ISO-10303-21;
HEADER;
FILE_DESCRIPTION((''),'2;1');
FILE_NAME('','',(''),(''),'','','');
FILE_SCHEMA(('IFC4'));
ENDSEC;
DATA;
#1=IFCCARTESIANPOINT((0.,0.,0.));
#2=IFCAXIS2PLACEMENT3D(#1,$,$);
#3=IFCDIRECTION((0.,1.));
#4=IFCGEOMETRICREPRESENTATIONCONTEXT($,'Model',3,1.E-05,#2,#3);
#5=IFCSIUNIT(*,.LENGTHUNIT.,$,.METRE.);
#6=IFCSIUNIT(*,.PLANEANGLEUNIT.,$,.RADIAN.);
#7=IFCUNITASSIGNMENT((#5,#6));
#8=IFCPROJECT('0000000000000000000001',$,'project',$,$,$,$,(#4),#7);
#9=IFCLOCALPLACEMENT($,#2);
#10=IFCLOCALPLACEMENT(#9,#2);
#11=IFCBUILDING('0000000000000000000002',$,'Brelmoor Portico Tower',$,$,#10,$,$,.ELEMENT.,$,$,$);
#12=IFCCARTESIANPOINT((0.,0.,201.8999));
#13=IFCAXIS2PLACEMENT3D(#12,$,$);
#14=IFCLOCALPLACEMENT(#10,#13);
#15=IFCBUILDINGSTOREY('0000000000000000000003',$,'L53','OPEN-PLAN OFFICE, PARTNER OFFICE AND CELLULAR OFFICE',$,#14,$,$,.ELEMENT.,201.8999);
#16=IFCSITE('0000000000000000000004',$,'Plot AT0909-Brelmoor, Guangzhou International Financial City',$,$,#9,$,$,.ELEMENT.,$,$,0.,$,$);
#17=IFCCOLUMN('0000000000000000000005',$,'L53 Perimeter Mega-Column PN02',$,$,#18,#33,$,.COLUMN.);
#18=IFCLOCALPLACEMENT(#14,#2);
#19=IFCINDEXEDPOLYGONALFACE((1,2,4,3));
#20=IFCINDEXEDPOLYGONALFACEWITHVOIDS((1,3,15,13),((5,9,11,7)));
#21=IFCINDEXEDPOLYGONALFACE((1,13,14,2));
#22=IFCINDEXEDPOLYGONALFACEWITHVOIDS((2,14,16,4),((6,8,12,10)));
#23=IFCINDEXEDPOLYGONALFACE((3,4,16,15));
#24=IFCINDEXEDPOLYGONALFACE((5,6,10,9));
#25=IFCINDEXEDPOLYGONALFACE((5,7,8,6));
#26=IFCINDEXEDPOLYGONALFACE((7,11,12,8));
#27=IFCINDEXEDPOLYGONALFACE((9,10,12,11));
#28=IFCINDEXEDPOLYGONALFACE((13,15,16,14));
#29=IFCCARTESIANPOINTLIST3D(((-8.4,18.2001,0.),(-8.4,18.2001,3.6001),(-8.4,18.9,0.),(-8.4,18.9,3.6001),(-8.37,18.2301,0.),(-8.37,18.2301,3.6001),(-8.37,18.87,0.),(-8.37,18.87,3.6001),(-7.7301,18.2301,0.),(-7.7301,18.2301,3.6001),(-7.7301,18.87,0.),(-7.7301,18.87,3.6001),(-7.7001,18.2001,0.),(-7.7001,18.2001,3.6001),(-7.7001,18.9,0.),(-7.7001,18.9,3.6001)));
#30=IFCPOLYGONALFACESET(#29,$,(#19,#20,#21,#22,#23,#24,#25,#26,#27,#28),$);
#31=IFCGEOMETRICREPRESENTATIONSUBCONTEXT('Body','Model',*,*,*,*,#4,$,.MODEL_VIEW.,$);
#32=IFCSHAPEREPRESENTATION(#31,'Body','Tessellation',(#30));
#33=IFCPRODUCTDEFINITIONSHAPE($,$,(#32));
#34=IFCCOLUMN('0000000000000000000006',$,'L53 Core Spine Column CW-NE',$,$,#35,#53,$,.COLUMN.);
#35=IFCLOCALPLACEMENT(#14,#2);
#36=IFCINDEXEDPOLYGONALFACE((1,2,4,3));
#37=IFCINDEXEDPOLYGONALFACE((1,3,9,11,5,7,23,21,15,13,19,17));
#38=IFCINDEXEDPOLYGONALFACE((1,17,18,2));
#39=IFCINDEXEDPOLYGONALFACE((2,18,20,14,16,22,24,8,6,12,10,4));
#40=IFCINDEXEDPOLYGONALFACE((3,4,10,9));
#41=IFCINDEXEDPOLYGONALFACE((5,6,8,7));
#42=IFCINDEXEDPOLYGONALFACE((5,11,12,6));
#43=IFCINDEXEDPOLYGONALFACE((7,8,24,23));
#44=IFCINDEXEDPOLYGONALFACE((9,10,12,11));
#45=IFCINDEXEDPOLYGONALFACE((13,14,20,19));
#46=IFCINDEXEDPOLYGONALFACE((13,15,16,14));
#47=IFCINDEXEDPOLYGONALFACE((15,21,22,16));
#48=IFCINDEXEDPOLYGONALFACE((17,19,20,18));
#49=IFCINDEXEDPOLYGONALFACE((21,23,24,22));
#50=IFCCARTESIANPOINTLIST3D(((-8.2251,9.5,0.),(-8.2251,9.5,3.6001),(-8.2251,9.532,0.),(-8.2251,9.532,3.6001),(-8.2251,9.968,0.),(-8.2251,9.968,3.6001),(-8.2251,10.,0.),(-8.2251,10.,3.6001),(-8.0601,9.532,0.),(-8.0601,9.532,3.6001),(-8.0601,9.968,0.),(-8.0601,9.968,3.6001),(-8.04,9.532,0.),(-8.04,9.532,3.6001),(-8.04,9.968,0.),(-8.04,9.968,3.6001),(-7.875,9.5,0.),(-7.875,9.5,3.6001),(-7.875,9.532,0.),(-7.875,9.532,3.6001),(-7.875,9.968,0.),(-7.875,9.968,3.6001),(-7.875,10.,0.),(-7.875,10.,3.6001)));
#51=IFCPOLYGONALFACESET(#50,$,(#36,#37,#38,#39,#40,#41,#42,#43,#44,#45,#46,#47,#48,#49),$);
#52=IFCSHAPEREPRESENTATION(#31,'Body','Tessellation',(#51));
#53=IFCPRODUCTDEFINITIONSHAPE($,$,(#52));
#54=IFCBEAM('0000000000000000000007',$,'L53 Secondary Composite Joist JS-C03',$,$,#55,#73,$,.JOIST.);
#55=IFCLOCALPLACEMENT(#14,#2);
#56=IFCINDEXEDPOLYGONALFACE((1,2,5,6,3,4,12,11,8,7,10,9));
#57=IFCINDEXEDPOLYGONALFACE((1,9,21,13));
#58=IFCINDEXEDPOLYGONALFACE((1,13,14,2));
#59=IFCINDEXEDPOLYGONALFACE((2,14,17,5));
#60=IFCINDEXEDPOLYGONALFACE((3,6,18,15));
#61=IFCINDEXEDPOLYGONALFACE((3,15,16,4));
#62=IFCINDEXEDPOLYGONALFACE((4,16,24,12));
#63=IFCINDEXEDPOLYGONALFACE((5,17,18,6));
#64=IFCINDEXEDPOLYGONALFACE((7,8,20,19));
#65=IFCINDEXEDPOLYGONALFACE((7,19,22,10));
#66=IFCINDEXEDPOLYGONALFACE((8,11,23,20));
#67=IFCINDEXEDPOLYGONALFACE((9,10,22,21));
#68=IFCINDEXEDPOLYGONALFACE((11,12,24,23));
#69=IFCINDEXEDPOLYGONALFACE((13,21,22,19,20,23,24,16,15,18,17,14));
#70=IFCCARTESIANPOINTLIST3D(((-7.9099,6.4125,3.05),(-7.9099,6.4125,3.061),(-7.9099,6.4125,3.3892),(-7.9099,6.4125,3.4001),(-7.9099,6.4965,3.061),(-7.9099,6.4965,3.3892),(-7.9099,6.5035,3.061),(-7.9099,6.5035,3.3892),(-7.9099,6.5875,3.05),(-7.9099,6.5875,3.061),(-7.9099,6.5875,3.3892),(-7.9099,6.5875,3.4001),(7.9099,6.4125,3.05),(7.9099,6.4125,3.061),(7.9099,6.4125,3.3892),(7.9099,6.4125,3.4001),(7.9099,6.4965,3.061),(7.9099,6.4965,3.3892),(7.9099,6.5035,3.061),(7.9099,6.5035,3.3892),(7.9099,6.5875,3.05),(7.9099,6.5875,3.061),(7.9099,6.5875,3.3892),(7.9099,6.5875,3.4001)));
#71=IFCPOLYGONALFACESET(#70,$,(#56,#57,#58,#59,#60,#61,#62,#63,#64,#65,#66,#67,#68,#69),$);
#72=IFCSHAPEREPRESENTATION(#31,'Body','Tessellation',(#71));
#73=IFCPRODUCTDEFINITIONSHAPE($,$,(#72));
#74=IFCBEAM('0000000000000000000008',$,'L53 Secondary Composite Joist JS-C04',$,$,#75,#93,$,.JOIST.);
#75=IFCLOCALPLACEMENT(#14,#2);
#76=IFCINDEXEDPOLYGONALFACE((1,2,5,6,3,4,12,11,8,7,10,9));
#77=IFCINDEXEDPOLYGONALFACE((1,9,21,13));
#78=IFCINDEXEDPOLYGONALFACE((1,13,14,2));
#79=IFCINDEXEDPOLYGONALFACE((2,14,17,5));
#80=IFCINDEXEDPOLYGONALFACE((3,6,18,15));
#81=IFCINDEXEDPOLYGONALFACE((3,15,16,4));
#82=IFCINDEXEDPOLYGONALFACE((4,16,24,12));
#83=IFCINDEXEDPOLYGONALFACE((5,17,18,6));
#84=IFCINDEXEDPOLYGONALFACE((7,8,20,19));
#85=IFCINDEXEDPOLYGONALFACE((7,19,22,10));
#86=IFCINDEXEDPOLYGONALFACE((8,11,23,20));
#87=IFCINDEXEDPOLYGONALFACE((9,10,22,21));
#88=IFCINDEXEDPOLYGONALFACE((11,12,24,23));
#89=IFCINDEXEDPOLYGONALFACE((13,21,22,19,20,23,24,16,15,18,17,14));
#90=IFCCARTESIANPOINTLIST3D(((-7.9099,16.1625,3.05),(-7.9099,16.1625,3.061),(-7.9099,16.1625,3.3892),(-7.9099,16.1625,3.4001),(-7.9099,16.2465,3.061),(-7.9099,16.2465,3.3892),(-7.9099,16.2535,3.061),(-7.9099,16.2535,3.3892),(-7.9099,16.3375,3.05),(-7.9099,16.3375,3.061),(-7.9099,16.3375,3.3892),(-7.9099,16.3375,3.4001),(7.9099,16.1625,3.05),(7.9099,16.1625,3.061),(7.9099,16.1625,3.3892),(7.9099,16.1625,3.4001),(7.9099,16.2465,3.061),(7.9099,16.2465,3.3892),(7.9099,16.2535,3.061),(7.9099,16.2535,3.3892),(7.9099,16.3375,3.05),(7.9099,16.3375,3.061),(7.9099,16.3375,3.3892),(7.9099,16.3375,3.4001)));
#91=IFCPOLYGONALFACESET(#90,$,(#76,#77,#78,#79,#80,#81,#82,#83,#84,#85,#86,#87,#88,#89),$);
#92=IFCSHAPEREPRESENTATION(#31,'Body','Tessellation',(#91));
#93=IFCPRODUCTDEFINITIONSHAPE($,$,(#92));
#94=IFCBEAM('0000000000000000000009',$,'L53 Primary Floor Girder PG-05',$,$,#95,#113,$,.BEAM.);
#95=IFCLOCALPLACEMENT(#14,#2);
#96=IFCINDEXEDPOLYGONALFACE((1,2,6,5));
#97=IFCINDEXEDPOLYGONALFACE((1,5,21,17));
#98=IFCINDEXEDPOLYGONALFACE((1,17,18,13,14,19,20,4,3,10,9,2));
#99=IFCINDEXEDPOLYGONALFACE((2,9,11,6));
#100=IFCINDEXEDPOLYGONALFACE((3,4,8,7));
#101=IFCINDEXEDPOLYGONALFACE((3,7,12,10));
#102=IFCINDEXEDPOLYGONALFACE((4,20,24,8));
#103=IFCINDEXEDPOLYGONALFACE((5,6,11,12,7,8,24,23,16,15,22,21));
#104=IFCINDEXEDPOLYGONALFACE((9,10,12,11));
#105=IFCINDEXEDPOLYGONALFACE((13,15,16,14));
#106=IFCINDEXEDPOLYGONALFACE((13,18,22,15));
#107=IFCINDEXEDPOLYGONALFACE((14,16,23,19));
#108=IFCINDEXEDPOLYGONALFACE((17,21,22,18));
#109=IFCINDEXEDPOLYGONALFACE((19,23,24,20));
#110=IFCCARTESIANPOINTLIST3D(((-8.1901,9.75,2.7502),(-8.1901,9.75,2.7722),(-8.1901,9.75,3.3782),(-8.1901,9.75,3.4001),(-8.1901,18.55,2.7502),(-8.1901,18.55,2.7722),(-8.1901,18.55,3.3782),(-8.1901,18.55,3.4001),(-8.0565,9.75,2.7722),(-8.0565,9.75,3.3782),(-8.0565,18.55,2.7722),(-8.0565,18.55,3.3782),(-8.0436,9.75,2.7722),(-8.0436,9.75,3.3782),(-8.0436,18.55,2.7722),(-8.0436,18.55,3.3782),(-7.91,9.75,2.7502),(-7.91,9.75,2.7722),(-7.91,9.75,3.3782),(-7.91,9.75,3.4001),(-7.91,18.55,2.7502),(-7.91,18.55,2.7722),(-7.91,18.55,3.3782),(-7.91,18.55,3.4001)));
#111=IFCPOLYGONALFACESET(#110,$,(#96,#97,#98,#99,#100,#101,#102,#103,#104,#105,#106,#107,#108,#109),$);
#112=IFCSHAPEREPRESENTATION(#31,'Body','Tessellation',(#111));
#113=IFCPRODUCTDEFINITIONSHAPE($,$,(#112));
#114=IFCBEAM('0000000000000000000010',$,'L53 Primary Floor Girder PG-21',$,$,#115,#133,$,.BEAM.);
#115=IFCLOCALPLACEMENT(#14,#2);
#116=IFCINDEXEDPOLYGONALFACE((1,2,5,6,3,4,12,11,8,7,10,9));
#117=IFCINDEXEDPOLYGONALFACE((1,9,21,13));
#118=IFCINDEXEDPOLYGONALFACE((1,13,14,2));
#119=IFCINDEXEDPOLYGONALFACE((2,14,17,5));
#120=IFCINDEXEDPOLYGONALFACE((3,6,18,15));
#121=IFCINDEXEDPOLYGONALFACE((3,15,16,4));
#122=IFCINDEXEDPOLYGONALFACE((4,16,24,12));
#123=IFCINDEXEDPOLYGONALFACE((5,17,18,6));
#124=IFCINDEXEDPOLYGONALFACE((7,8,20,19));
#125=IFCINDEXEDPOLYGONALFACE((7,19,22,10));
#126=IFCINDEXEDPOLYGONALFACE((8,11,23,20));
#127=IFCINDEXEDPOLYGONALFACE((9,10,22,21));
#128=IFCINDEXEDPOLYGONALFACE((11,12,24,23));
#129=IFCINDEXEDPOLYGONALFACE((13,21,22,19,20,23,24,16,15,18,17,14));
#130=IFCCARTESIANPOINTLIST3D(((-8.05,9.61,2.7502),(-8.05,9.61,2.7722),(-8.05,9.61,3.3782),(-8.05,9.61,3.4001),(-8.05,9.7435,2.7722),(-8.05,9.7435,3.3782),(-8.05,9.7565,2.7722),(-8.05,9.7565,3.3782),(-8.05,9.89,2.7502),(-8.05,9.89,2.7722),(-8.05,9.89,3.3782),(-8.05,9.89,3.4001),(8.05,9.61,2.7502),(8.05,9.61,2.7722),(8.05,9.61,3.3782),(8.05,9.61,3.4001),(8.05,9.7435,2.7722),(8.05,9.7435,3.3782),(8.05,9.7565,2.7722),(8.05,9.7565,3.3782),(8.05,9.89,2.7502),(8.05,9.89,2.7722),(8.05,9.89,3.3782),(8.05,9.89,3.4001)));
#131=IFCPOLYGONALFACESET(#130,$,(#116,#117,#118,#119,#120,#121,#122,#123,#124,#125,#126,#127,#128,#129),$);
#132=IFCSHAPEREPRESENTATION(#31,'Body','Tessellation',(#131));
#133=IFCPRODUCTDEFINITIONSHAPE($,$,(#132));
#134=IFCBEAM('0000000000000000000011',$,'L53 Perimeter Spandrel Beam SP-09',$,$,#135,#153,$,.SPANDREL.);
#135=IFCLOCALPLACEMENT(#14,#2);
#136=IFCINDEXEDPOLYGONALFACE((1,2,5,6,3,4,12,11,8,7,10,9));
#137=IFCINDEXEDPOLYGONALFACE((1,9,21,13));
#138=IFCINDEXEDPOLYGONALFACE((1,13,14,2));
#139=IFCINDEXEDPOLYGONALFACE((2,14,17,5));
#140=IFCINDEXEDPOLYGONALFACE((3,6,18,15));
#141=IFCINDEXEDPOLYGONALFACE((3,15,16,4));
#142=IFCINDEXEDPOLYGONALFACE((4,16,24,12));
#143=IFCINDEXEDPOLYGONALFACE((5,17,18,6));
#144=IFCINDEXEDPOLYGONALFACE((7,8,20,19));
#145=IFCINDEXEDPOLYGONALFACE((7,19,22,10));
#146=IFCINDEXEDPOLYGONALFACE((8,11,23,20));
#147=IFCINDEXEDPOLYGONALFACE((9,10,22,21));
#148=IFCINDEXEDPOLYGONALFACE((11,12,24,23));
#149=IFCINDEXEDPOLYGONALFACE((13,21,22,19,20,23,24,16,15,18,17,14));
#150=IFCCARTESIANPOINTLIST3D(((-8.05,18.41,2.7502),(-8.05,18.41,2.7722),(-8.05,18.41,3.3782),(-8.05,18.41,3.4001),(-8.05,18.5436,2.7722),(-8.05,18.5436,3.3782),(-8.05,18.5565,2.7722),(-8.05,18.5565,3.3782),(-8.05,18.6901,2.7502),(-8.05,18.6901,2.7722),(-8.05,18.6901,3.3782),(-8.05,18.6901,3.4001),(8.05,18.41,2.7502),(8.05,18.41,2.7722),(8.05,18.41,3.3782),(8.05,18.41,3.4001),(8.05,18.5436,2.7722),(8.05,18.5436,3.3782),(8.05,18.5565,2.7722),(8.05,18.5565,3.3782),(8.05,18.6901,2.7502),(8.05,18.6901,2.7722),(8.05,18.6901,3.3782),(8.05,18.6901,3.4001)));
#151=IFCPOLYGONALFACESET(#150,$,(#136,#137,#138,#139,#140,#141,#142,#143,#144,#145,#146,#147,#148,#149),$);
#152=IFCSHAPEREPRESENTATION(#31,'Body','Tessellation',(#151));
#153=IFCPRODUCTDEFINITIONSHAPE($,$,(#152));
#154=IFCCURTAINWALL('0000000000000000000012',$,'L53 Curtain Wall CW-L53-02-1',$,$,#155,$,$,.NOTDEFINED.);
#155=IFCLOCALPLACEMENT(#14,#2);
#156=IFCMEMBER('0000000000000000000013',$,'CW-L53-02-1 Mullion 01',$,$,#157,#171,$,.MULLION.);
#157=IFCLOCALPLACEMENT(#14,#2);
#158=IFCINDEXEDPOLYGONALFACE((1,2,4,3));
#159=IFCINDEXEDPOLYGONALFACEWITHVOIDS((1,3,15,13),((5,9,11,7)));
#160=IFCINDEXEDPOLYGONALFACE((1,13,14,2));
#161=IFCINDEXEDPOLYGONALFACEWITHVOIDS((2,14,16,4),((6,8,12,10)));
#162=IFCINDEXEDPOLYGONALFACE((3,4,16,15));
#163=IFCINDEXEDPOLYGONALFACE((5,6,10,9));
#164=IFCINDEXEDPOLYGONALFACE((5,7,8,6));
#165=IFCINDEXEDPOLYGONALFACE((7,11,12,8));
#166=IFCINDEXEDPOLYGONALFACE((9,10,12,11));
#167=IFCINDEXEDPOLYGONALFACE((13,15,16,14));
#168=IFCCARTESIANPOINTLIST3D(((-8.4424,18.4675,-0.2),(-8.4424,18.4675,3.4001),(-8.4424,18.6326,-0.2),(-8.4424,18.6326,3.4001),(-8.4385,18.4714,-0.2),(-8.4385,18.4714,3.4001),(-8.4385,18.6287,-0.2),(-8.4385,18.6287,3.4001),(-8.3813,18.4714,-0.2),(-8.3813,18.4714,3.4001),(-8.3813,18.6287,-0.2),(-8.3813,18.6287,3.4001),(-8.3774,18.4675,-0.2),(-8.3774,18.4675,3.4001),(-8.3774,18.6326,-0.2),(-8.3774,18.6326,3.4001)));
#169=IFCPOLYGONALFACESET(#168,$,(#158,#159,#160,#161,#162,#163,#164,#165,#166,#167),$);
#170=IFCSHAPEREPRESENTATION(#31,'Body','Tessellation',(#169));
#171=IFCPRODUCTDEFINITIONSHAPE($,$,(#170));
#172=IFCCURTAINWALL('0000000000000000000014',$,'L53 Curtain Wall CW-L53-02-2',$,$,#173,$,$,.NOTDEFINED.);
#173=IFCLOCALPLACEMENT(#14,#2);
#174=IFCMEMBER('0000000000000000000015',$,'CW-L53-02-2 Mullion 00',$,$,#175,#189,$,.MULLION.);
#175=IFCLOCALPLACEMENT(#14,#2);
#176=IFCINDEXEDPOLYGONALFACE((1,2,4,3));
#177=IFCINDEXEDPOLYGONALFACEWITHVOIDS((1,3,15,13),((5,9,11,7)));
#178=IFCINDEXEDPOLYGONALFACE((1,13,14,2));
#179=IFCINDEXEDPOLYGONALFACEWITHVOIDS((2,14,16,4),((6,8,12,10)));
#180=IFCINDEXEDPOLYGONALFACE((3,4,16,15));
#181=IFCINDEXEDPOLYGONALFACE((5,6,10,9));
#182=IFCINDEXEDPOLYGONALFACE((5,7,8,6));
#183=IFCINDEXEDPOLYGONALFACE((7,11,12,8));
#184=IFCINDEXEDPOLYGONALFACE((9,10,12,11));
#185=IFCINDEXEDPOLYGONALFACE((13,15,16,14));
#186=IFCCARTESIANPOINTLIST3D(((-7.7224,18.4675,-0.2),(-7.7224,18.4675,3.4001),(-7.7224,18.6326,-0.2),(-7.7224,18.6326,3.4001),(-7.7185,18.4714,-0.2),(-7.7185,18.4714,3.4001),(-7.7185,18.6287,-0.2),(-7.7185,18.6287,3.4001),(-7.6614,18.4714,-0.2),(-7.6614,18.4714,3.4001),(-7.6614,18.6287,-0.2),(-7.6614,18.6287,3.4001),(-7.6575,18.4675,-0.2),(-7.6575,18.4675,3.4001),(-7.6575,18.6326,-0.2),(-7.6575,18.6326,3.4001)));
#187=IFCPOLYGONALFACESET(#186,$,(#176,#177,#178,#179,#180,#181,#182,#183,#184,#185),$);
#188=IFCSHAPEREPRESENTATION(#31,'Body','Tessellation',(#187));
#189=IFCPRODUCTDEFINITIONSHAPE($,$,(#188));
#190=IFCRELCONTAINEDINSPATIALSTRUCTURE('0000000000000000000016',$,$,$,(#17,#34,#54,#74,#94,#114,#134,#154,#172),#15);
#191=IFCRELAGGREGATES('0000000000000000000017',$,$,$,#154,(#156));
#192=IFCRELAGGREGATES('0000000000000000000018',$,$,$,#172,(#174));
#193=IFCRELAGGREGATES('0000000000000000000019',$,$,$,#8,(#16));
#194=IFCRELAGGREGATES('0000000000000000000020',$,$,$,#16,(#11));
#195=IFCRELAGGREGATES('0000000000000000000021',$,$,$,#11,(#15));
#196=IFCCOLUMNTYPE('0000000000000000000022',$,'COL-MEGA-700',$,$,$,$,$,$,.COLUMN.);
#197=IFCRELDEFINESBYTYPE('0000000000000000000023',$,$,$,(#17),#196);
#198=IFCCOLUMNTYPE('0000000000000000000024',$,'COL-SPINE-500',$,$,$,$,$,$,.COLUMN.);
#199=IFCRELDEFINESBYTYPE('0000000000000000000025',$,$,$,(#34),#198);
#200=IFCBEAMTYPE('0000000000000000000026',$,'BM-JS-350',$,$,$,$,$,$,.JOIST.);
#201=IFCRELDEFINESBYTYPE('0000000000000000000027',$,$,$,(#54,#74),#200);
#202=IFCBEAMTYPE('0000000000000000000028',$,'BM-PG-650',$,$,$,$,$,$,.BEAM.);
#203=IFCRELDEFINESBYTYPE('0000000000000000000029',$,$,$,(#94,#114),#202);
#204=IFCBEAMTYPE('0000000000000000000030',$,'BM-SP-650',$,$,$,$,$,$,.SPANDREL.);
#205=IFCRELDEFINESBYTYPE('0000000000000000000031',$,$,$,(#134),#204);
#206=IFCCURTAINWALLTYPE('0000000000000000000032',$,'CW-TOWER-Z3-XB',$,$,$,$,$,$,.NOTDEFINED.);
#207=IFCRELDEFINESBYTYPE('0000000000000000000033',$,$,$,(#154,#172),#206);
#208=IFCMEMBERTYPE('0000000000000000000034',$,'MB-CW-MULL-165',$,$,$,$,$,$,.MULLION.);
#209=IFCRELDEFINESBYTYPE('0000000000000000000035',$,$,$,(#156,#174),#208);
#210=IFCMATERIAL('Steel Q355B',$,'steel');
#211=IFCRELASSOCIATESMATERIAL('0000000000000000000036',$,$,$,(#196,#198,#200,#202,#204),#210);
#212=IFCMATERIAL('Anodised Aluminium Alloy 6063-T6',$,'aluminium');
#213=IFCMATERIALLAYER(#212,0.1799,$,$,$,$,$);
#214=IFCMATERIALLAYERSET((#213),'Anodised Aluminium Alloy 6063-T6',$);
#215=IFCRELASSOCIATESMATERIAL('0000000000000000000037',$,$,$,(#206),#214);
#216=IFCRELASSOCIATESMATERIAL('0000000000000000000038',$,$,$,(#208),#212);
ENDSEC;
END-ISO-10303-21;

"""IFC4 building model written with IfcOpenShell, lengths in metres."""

from ifc_helpers import new_model, si_unit, direction, frame, origin, origin_2d, place, context, subcontext, project, spatial, hollow_rectangle, i_section, extrude, material, layer, layer_set, material_profile, profile_set, type_object, element, aggregate, save


model = new_model("IFC4")

# Units and contexts
model_context = context("Model", 3, precision=1e-05, world=origin(), true_north=direction((0.0, 1.0)))
body_context = subcontext(model_context, "Body", "Model", "MODEL_VIEW")
ifc_project = project(units=[si_unit("LENGTHUNIT", "METRE"), si_unit("PLANEANGLEUNIT", "RADIAN")], contexts=[model_context])

# Site, building, storey
site_placement = place(None, origin())
site = spatial("IfcSite", under=ifc_project, at=site_placement, Name="Plot AT0909-Brelmoor, Guangzhou International Financial City", CompositionType="ELEMENT", RefElevation=0.0)
building_placement = place(site_placement, origin())
building = spatial("IfcBuilding", under=site, at=building_placement, Name="Brelmoor Portico Tower", CompositionType="ELEMENT")
storey_placement = place(building_placement, frame((0.0, 0.0, 201.8999)))
storey = spatial("IfcBuildingStorey", under=building, at=storey_placement, Name="L53", Description="OPEN-PLAN OFFICE, PARTNER OFFICE AND CELLULAR OFFICE", CompositionType="ELEMENT", Elevation=201.8999)

# Columns
ifc_material_1 = material(Name="Steel Q355B", Category="steel")
ifc_material_profile_1 = material_profile(ifc_material_1, hollow_rectangle(XDim=0.7, YDim=0.7, WallThickness=0.03, at=origin_2d()), Name="BOX 700x700x30")
ifc_profile_set_1 = profile_set([ifc_material_profile_1], Name="Steel Q355B")
column_type_1 = type_object("IfcColumnType", Name="COL-MEGA-700", PredefinedType="COLUMN", material=ifc_profile_set_1)
column_1_placement = place(storey_placement, frame((-8.05, 18.55, 0.0), z_axis=(0.0, 0.0, 1.0), x_axis=(1.0, 0.0, 0.0)))
element("IfcColumn", 1, at=column_1_placement, inside=storey, type_object=column_type_1, Name="L53 Perimeter Mega-Column PN02", PredefinedType="COLUMN", context=body_context, shape_type="SweptSolid", body=[
    extrude(hollow_rectangle(XDim=0.7, YDim=0.7, WallThickness=0.03, at=origin_2d()), origin(), (0.0, 0.0, 1.0), 3.6001),
])
ifc_material_profile_2 = material_profile(ifc_material_1, i_section(OverallWidth=0.3501, OverallDepth=0.5, WebThickness=0.02, FlangeThickness=0.032, at=origin_2d()), Name="HW 500x350x20x32")
ifc_profile_set_2 = profile_set([ifc_material_profile_2], Name="Steel Q355B")
column_type_2 = type_object("IfcColumnType", Name="COL-SPINE-500", PredefinedType="COLUMN", material=ifc_profile_set_2)
column_2_placement = place(storey_placement, frame((-8.05, 9.75, 0.0), z_axis=(0.0, 0.0, 1.0), x_axis=(1.0, 0.0, 0.0)))
element("IfcColumn", 2, at=column_2_placement, inside=storey, type_object=column_type_2, Name="L53 Core Spine Column CW-NE", PredefinedType="COLUMN", context=body_context, shape_type="SweptSolid", body=[
    extrude(i_section(OverallWidth=0.3501, OverallDepth=0.5, WebThickness=0.02, FlangeThickness=0.032, at=origin_2d()), origin(), (0.0, 0.0, 1.0), 3.6001),
])

# Beams
ifc_material_profile_3 = material_profile(ifc_material_1, i_section(OverallWidth=0.175, OverallDepth=0.3501, WebThickness=0.0071, FlangeThickness=0.011, at=origin_2d()), Name="HN 350x175x7x11")
ifc_profile_set_3 = profile_set([ifc_material_profile_3], Name="Steel Q355B")
beam_type_1 = type_object("IfcBeamType", Name="BM-JS-350", PredefinedType="JOIST", material=ifc_profile_set_3)
for number, where, z_axis, x_axis, name in (
    (3, (-7.9099, 6.5, 3.2251), (1.0, 0.0, 0.0), (0.0, 1.0, 0.0), "L53 Secondary Composite Joist JS-C03"),
    (4, (-7.9099, 16.25, 3.2251), (1.0, 0.0, 0.0), (0.0, 1.0, 0.0), "L53 Secondary Composite Joist JS-C04"),
):
    element("IfcBeam", number, at=place(storey_placement, frame(where, z_axis=z_axis, x_axis=x_axis)), inside=storey, type_object=beam_type_1, Name=name, PredefinedType="JOIST", context=body_context, shape_type="SweptSolid", body=[
        extrude(i_section(OverallWidth=0.175, OverallDepth=0.3501, WebThickness=0.0071, FlangeThickness=0.011, at=origin_2d()), origin(), (0.0, 0.0, 1.0), 15.8198),
    ])
ifc_material_profile_4 = material_profile(ifc_material_1, i_section(OverallWidth=0.28, OverallDepth=0.6499, WebThickness=0.0129, FlangeThickness=0.022, at=origin_2d()), Name="HN 650x280x13x22")
ifc_profile_set_4 = profile_set([ifc_material_profile_4], Name="Steel Q355B")
beam_type_2 = type_object("IfcBeamType", Name="BM-PG-650", PredefinedType="BEAM", material=ifc_profile_set_4)
beam_1_placement = place(storey_placement, frame((-8.05, 9.75, 3.0752), z_axis=(0.0, 1.0, 0.0), x_axis=(-1.0, 0.0, 0.0)))
element("IfcBeam", 5, at=beam_1_placement, inside=storey, type_object=beam_type_2, Name="L53 Primary Floor Girder PG-05", PredefinedType="BEAM", context=body_context, shape_type="SweptSolid", body=[
    extrude(i_section(OverallWidth=0.28, OverallDepth=0.6499, WebThickness=0.0129, FlangeThickness=0.022, at=origin_2d()), origin(), (0.0, 0.0, 1.0), 8.8),
])
beam_2_placement = place(storey_placement, frame((-8.05, 9.75, 3.0752), z_axis=(1.0, 0.0, 0.0), x_axis=(0.0, 1.0, 0.0)))
element("IfcBeam", 6, at=beam_2_placement, inside=storey, type_object=beam_type_2, Name="L53 Primary Floor Girder PG-21", PredefinedType="BEAM", context=body_context, shape_type="SweptSolid", body=[
    extrude(i_section(OverallWidth=0.28, OverallDepth=0.6499, WebThickness=0.0129, FlangeThickness=0.022, at=origin_2d()), origin(), (0.0, 0.0, 1.0), 16.1001),
])
ifc_material_profile_5 = material_profile(ifc_material_1, i_section(OverallWidth=0.28, OverallDepth=0.6499, WebThickness=0.0129, FlangeThickness=0.022, at=origin_2d()), Name="HN 650x280x13x22")
ifc_profile_set_5 = profile_set([ifc_material_profile_5], Name="Steel Q355B")
beam_type_3 = type_object("IfcBeamType", Name="BM-SP-650", PredefinedType="SPANDREL", material=ifc_profile_set_5)
beam_3_placement = place(storey_placement, frame((-8.05, 18.55, 3.0752), z_axis=(1.0, 0.0, 0.0), x_axis=(0.0, 1.0, 0.0)))
element("IfcBeam", 7, at=beam_3_placement, inside=storey, type_object=beam_type_3, Name="L53 Perimeter Spandrel Beam SP-09", PredefinedType="SPANDREL", context=body_context, shape_type="SweptSolid", body=[
    extrude(i_section(OverallWidth=0.28, OverallDepth=0.6499, WebThickness=0.0129, FlangeThickness=0.022, at=origin_2d()), origin(), (0.0, 0.0, 1.0), 16.1001),
])

# Curtain wall, member
ifc_material_2 = material(Name="Anodised Aluminium Alloy 6063-T6", Category="aluminium")
ifc_layer_1 = layer(ifc_material_2, 0.1799)
ifc_layer_set_1 = layer_set([ifc_layer_1], Name="Anodised Aluminium Alloy 6063-T6")
curtain_wall_type = type_object("IfcCurtainWallType", Name="CW-TOWER-Z3-XB", PredefinedType="NOTDEFINED", material=ifc_layer_set_1)
curtain_wall_1_placement = place(storey_placement, origin())
curtain_wall_1 = element("IfcCurtainWall", 8, at=curtain_wall_1_placement, inside=storey, type_object=curtain_wall_type, Name="L53 Curtain Wall CW-L53-02-1", PredefinedType="NOTDEFINED")
ifc_material_profile_6 = material_profile(ifc_material_2, hollow_rectangle(XDim=0.0649, YDim=0.165, WallThickness=0.0039, at=origin_2d()), Name="ALU MULLION 65x165")
ifc_profile_set_6 = profile_set([ifc_material_profile_6], Name="Anodised Aluminium Alloy 6063-T6")
member_type_1 = type_object("IfcMemberType", Name="MB-CW-MULL-165", PredefinedType="MULLION", material=ifc_profile_set_6)
member_1_placement = place(storey_placement, frame((-8.4099, 18.55, -0.2), z_axis=(0.0, 0.0, 1.0), x_axis=(1.0, 0.0, 0.0)))
member_1 = element("IfcMember", 9, at=member_1_placement, type_object=member_type_1, Name="CW-L53-02-1 Mullion 01", PredefinedType="MULLION", context=body_context, shape_type="SweptSolid", body=[
    extrude(hollow_rectangle(XDim=0.0649, YDim=0.165, WallThickness=0.0039, at=origin_2d()), origin(), (0.0, 0.0, 1.0), 3.6001),
])

# Curtain wall, member
curtain_wall_2_placement = place(storey_placement, origin())
curtain_wall_2 = element("IfcCurtainWall", 10, at=curtain_wall_2_placement, inside=storey, type_object=curtain_wall_type, Name="L53 Curtain Wall CW-L53-02-2", PredefinedType="NOTDEFINED")
member_2_placement = place(storey_placement, frame((-7.6899, 18.55, -0.2), z_axis=(0.0, 0.0, 1.0), x_axis=(1.0, 0.0, 0.0)))
member_2 = element("IfcMember", 11, at=member_2_placement, type_object=member_type_1, Name="CW-L53-02-2 Mullion 00", PredefinedType="MULLION", context=body_context, shape_type="SweptSolid", body=[
    extrude(hollow_rectangle(XDim=0.0649, YDim=0.165, WallThickness=0.0039, at=origin_2d()), origin(), (0.0, 0.0, 1.0), 3.6001),
])

aggregate(curtain_wall_1, [member_1])
aggregate(curtain_wall_2, [member_2])

save(model, "model.ifc")
